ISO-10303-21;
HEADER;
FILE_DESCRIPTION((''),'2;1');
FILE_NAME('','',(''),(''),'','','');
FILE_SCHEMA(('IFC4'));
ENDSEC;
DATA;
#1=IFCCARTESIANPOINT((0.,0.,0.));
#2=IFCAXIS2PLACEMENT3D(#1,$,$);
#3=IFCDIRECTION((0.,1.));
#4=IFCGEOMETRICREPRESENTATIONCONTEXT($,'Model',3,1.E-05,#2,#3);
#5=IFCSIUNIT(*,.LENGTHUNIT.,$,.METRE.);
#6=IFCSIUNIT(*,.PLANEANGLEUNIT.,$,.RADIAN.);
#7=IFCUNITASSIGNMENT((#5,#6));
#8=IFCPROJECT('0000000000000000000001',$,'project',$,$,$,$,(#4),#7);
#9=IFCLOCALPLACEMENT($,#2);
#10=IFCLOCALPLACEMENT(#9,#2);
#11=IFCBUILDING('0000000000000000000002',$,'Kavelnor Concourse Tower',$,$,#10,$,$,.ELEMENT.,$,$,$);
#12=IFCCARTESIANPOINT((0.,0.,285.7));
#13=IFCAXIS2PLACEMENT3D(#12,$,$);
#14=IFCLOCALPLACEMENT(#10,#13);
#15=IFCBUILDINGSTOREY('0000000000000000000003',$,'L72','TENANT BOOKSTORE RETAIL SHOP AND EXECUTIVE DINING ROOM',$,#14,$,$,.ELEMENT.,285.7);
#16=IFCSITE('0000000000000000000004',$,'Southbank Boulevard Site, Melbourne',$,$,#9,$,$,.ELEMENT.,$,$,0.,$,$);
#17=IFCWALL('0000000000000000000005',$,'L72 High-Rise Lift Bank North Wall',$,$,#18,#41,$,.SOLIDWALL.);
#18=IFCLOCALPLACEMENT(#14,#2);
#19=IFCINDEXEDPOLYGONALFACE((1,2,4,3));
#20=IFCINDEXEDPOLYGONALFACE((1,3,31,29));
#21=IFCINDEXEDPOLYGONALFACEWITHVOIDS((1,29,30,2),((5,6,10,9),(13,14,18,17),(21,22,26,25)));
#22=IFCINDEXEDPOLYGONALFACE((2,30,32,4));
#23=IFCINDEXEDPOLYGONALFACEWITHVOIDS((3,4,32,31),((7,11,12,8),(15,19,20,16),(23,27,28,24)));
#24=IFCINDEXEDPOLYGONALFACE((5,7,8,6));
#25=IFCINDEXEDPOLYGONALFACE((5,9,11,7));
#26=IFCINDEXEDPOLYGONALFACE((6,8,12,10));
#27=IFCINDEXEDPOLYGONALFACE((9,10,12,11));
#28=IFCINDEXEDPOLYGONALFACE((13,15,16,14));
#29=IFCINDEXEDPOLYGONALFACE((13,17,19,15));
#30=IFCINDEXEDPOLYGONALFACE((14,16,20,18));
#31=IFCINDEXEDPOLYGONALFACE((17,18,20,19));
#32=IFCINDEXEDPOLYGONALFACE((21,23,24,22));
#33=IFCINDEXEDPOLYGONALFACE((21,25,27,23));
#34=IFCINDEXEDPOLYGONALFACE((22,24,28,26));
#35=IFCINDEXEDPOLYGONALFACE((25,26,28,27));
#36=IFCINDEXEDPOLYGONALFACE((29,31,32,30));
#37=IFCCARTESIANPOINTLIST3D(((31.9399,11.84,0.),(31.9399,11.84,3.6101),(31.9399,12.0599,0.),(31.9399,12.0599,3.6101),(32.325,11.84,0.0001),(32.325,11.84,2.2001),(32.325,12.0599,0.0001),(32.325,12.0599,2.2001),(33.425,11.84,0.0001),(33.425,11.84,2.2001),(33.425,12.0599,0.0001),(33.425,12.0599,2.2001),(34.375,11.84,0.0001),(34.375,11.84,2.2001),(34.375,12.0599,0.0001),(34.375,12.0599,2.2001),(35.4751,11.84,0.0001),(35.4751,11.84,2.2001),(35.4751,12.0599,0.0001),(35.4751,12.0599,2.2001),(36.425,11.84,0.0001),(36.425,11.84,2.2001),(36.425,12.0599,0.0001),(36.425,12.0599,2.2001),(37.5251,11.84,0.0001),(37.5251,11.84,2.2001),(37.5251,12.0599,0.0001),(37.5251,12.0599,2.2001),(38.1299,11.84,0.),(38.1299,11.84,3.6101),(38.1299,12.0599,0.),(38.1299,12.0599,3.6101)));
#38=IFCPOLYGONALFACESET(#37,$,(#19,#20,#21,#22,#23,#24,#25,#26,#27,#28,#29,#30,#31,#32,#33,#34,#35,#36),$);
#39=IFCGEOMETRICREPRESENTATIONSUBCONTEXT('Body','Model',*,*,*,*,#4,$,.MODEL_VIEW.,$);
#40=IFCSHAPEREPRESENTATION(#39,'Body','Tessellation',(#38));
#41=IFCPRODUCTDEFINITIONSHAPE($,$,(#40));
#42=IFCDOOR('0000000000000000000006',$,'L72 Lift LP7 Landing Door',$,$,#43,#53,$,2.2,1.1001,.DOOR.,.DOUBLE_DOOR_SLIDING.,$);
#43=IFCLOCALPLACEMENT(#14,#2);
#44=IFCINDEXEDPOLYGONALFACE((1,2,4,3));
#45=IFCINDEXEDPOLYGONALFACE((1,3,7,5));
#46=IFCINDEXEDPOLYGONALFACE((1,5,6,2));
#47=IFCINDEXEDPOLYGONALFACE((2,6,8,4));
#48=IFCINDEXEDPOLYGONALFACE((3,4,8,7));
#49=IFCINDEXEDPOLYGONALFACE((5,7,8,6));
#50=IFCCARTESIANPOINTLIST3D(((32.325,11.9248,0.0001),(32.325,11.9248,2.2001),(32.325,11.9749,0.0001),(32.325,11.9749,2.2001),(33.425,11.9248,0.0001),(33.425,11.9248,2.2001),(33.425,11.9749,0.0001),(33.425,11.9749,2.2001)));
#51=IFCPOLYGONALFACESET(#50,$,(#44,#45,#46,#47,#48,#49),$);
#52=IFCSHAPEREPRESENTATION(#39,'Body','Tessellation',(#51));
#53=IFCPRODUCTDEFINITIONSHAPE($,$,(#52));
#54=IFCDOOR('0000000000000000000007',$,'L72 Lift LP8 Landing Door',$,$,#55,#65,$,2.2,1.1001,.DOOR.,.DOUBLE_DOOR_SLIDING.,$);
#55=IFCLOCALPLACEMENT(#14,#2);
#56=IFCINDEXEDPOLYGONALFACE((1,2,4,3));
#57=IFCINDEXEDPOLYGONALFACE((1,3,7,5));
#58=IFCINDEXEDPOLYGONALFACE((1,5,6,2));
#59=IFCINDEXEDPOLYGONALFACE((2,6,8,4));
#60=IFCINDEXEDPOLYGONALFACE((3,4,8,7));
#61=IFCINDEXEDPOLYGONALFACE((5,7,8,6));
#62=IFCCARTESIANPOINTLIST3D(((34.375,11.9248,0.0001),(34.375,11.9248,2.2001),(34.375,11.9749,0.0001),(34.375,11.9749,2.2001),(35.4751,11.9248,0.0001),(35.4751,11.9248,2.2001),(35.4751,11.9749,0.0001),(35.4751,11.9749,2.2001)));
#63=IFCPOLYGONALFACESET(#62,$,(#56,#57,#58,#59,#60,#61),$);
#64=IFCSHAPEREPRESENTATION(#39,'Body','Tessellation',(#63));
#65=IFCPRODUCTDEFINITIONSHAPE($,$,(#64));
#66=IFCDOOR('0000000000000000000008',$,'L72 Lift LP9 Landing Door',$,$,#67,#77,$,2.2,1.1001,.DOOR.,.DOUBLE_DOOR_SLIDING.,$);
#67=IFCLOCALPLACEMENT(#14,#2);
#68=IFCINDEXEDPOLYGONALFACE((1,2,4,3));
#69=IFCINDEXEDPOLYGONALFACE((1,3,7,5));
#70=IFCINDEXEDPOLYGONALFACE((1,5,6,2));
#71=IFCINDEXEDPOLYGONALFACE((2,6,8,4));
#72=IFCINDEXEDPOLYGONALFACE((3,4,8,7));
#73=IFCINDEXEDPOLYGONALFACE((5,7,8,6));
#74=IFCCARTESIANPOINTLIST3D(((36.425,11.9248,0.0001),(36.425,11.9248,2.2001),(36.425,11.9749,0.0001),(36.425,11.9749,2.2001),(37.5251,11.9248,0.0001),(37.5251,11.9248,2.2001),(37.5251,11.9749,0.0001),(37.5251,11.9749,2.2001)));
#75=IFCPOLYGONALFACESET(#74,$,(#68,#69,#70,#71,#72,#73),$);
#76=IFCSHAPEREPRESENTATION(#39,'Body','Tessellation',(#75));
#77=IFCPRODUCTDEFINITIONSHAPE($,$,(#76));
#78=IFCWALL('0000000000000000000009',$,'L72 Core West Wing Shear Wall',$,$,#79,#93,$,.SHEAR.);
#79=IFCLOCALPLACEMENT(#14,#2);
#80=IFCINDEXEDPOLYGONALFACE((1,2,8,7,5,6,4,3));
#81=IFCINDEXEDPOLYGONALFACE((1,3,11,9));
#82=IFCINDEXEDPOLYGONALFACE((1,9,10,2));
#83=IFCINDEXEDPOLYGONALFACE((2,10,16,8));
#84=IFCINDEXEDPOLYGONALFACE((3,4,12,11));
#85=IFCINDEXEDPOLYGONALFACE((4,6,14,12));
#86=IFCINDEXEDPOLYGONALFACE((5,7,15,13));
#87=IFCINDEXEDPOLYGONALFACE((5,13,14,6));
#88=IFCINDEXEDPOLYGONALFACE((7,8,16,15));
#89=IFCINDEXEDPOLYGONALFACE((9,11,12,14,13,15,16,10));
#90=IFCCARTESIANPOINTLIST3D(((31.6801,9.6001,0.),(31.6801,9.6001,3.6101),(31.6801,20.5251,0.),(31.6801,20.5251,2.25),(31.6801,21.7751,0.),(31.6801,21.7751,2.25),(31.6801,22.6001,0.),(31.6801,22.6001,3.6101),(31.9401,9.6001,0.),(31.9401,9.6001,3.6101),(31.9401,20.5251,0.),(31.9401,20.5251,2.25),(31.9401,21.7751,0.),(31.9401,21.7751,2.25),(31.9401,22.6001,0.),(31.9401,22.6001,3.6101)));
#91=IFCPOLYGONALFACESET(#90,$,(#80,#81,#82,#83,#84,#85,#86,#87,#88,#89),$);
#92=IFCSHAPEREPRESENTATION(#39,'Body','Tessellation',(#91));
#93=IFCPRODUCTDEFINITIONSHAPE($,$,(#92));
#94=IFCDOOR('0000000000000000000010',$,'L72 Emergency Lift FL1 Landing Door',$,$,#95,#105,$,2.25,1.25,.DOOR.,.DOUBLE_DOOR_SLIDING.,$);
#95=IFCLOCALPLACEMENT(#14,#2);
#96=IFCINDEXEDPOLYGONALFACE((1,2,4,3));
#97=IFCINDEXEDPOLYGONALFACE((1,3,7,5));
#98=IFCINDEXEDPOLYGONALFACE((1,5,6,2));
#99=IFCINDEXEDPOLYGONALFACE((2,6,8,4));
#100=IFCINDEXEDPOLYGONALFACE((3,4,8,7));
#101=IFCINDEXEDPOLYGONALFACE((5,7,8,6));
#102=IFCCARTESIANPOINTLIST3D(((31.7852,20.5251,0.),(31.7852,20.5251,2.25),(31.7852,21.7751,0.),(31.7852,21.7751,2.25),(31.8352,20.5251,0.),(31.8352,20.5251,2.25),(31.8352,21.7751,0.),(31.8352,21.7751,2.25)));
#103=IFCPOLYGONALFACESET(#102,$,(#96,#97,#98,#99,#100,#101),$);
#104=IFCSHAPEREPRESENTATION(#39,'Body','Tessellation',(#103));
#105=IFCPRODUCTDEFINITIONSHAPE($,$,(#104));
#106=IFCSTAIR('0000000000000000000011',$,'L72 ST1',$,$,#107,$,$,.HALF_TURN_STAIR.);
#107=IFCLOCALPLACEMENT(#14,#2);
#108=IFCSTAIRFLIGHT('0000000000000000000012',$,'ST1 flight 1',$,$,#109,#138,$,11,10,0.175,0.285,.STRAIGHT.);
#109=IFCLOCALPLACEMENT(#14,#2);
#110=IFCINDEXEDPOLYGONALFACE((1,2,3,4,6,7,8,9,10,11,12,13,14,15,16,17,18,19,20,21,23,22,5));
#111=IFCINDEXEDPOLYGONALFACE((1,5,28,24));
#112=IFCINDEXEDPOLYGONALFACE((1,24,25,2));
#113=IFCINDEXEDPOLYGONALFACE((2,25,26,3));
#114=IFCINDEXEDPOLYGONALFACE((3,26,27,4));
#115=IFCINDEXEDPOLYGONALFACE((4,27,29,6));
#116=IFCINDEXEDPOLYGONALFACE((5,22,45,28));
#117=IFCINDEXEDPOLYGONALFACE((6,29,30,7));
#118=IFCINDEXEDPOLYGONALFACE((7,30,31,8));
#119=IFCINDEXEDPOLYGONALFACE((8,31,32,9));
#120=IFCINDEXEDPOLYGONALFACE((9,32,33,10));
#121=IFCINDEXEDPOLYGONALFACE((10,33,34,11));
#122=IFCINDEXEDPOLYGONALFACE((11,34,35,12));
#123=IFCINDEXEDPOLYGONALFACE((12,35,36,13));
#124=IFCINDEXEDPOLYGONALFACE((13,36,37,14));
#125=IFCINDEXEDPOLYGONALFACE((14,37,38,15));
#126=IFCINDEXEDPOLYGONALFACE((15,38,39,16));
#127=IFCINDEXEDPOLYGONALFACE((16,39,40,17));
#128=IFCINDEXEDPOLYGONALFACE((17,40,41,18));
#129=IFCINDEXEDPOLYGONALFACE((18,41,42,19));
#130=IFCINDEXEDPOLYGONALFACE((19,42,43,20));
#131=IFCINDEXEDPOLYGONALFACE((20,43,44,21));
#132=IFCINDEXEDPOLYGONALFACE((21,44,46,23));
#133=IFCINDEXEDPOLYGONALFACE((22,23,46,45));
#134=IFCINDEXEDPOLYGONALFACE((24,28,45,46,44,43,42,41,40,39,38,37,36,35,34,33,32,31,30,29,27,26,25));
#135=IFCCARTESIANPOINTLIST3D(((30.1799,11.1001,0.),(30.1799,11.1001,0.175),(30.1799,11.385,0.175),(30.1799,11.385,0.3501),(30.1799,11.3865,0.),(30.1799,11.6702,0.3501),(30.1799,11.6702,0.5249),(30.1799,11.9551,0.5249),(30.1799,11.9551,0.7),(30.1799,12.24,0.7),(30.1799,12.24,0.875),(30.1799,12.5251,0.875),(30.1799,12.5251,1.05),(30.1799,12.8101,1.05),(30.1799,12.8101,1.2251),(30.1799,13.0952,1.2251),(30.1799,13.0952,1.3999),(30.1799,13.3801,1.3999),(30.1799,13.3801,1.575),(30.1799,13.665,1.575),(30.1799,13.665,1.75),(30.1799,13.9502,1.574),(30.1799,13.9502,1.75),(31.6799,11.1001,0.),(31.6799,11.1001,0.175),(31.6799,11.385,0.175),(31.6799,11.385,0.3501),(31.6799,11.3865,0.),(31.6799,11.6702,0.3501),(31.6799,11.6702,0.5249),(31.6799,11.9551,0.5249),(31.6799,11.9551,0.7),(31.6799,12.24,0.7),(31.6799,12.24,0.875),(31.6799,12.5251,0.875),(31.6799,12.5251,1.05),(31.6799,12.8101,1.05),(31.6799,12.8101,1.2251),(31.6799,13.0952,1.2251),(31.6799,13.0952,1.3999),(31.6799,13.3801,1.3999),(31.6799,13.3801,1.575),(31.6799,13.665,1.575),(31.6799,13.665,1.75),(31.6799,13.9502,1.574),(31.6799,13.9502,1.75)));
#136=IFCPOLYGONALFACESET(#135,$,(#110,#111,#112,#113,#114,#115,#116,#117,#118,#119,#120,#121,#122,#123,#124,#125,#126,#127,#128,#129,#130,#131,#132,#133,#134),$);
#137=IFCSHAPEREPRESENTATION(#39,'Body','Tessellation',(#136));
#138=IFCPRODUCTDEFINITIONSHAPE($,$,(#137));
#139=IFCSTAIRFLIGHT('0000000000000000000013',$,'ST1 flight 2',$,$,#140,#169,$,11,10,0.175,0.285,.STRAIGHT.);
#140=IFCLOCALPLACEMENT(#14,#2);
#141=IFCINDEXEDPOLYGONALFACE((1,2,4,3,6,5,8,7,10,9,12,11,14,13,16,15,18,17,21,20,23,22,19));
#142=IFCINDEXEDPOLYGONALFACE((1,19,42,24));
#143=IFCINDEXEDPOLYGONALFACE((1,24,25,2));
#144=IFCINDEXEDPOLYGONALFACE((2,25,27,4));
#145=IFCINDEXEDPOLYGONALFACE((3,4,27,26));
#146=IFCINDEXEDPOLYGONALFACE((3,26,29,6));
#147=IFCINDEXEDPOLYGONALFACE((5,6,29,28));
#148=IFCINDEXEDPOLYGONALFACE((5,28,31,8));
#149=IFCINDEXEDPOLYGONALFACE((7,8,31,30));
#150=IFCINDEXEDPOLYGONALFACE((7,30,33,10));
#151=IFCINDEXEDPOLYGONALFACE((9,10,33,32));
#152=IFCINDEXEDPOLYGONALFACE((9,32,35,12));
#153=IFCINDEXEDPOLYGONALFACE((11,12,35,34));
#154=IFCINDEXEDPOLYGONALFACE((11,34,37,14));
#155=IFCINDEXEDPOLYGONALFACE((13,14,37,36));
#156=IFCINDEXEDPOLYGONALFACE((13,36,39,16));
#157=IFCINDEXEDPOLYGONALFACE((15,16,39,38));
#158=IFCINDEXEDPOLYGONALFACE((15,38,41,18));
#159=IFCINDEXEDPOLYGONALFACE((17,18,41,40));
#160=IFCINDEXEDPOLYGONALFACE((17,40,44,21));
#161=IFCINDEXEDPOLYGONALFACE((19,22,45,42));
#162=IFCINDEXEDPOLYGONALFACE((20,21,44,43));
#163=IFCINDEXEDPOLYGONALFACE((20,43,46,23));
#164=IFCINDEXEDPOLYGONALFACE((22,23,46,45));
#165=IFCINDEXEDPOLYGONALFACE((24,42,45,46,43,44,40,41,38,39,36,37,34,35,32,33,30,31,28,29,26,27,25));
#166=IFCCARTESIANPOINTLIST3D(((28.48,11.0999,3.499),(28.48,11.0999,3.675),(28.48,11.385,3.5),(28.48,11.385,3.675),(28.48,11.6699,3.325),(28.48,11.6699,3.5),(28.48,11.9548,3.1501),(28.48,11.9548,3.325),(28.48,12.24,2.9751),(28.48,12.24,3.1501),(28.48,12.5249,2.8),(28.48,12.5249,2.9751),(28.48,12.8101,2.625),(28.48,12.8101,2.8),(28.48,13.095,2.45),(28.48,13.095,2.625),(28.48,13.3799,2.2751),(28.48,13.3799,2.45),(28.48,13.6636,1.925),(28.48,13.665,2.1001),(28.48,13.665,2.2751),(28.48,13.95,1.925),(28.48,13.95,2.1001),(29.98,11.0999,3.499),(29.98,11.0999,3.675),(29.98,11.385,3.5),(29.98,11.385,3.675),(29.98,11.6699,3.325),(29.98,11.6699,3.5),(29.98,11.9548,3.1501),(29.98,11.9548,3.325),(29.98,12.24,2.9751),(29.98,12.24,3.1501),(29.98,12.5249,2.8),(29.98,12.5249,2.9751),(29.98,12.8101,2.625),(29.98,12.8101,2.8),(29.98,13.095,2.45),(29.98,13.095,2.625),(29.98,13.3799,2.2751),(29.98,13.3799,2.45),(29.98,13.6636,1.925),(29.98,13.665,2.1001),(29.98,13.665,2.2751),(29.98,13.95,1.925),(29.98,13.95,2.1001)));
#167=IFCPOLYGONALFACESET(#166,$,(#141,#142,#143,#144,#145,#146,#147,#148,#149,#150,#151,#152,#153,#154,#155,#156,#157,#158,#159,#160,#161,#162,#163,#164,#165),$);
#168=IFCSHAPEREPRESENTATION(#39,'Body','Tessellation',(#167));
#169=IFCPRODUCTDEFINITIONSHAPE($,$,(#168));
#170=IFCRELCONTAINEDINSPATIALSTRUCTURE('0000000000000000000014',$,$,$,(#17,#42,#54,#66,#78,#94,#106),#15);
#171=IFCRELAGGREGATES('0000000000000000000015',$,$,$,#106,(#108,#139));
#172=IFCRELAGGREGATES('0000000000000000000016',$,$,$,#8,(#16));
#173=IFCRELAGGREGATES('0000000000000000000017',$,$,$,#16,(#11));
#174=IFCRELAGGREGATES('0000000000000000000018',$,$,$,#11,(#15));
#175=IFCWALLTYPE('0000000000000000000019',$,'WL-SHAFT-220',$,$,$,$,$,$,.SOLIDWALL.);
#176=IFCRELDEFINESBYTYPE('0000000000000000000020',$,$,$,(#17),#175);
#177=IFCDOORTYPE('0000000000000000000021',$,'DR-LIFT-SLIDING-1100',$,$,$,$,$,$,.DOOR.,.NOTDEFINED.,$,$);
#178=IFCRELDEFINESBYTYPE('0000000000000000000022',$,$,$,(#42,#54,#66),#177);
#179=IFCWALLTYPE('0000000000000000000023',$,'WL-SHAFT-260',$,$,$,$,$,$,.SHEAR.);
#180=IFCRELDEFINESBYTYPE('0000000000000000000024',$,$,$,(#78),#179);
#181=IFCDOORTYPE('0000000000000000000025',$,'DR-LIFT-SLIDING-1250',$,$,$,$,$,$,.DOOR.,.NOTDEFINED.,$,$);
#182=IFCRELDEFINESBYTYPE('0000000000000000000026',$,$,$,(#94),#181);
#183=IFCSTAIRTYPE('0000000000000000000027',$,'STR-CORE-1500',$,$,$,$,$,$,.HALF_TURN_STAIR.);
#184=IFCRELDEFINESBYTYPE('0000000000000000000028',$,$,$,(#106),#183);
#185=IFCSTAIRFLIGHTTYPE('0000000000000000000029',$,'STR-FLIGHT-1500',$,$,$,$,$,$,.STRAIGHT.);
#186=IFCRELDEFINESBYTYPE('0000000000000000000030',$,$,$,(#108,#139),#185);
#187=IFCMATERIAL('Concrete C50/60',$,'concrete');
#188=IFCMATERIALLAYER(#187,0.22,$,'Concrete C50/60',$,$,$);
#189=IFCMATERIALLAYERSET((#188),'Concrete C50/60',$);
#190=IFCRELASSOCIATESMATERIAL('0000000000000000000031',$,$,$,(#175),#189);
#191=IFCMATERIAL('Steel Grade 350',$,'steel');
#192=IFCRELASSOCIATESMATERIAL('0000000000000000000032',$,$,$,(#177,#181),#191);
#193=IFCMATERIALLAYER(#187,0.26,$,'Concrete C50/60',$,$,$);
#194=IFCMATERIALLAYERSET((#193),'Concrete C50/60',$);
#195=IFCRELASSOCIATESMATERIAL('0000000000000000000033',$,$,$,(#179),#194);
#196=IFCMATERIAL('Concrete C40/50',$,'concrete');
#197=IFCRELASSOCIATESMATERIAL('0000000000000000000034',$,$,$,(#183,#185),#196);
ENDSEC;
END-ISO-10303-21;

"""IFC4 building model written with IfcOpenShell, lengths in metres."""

from ifc_helpers import new_model, si_unit, direction, frame, frame_2d, origin, place, context, subcontext, project, spatial, polyline, rectangle, outline, extrude, material, layer, layer_set, type_object, element, fill, aggregate, save


model = new_model("IFC4")

# Units and contexts
model_context = context("Model", 3, precision=1e-05, world=origin(), true_north=direction((0.0, 1.0)))
body_context = subcontext(model_context, "Body", "Model", "MODEL_VIEW")
ifc_project = project(units=[si_unit("LENGTHUNIT", "METRE"), si_unit("PLANEANGLEUNIT", "RADIAN")], contexts=[model_context])

# Site, building, storey
site_placement = place(None, origin())
site = spatial("IfcSite", under=ifc_project, at=site_placement, Name="Southbank Boulevard Site, Melbourne", CompositionType="ELEMENT", RefElevation=0.0)
building_placement = place(site_placement, origin())
building = spatial("IfcBuilding", under=site, at=building_placement, Name="Kavelnor Concourse Tower", CompositionType="ELEMENT")
storey_placement = place(building_placement, frame((0.0, 0.0, 285.7)))
storey = spatial("IfcBuildingStorey", under=building, at=storey_placement, Name="L72", Description="TENANT BOOKSTORE RETAIL SHOP AND EXECUTIVE DINING ROOM", CompositionType="ELEMENT", Elevation=285.7)

# Shared definitions
ifc_material_1 = material(Name="Steel Grade 350", Category="steel")

# Shared definitions
ifc_material_2 = material(Name="Concrete C50/60", Category="concrete")

# Wall, openings, doors
ifc_layer_1 = layer(ifc_material_2, 0.22, Name="Concrete C50/60")
ifc_layer_set_1 = layer_set([ifc_layer_1], Name="Concrete C50/60")
wall_type_1 = type_object("IfcWallType", Name="WL-SHAFT-220", PredefinedType="SOLIDWALL", material=ifc_layer_set_1)
wall_1_placement = place(storey_placement, frame((31.9399, 11.95, 0.0), z_axis=(0.0, 0.0, 1.0), x_axis=(1.0, 0.0, 0.0)))
wall_1 = element("IfcWall", 1, at=wall_1_placement, inside=storey, type_object=wall_type_1, Name="L72 High-Rise Lift Bank North Wall", PredefinedType="SOLIDWALL", context=body_context, shape_type="SweptSolid", body=[
    extrude(rectangle(XDim=6.1899, YDim=0.22, at=frame_2d((3.095, 0.0))), origin(), (0.0, 0.0, 1.0), 3.6101),
])
opening_1_placement = place(wall_1_placement, frame((0.385, 0.0, 0.0)))
opening_1 = element("IfcOpeningElement", 2, at=opening_1_placement, cuts=wall_1, PredefinedType="OPENING", context=body_context, shape_type="SweptSolid", body=[
    extrude(rectangle(XDim=1.1001, YDim=2.2, at=frame_2d((0.55, 1.1001))), frame((0.0, 0.1201, 0.0), z_axis=(0.0, -1.0, 0.0), x_axis=(1.0, 0.0, 0.0)), (0.0, 0.0, 1.0), 0.24),
])
opening_2_placement = place(wall_1_placement, frame((2.4351, 0.0, 0.0)))
opening_2 = element("IfcOpeningElement", 3, at=opening_2_placement, cuts=wall_1, PredefinedType="OPENING", context=body_context, shape_type="SweptSolid", body=[
    extrude(rectangle(XDim=1.1001, YDim=2.2, at=frame_2d((0.55, 1.1001))), frame((0.0, 0.1201, 0.0), z_axis=(0.0, -1.0, 0.0), x_axis=(1.0, 0.0, 0.0)), (0.0, 0.0, 1.0), 0.24),
])
opening_3_placement = place(wall_1_placement, frame((4.4851, 0.0, 0.0)))
opening_3 = element("IfcOpeningElement", 4, at=opening_3_placement, cuts=wall_1, PredefinedType="OPENING", context=body_context, shape_type="SweptSolid", body=[
    extrude(rectangle(XDim=1.1001, YDim=2.2, at=frame_2d((0.55, 1.1001))), frame((0.0, 0.1201, 0.0), z_axis=(0.0, -1.0, 0.0), x_axis=(1.0, 0.0, 0.0)), (0.0, 0.0, 1.0), 0.24),
])
door_type_1 = type_object("IfcDoorType", Name="DR-LIFT-SLIDING-1100", OperationType="NOTDEFINED", PredefinedType="DOOR", material=ifc_material_1)
door_1_placement = place(opening_1_placement, origin())
door_1 = element("IfcDoor", 5, at=door_1_placement, inside=storey, type_object=door_type_1, Name="L72 Lift LP7 Landing Door", OperationType="DOUBLE_DOOR_SLIDING", OverallHeight=2.2, OverallWidth=1.1001, PredefinedType="DOOR", context=body_context, shape_type="SweptSolid", body=[
    extrude(rectangle(XDim=1.1001, YDim=2.2, at=frame_2d((0.55, 1.1001))), frame((0.0, 0.0249, 0.0), z_axis=(0.0, -1.0, 0.0), x_axis=(1.0, 0.0, 0.0)), (0.0, 0.0, 1.0), 0.05),
])
fill(opening_1, door_1)
door_2_placement = place(opening_2_placement, origin())
door_2 = element("IfcDoor", 6, at=door_2_placement, inside=storey, type_object=door_type_1, Name="L72 Lift LP8 Landing Door", OperationType="DOUBLE_DOOR_SLIDING", OverallHeight=2.2, OverallWidth=1.1001, PredefinedType="DOOR", context=body_context, shape_type="SweptSolid", body=[
    extrude(rectangle(XDim=1.1001, YDim=2.2, at=frame_2d((0.55, 1.1001))), frame((0.0, 0.0249, 0.0), z_axis=(0.0, -1.0, 0.0), x_axis=(1.0, 0.0, 0.0)), (0.0, 0.0, 1.0), 0.05),
])
fill(opening_2, door_2)
door_3_placement = place(opening_3_placement, origin())
door_3 = element("IfcDoor", 7, at=door_3_placement, inside=storey, type_object=door_type_1, Name="L72 Lift LP9 Landing Door", OperationType="DOUBLE_DOOR_SLIDING", OverallHeight=2.2, OverallWidth=1.1001, PredefinedType="DOOR", context=body_context, shape_type="SweptSolid", body=[
    extrude(rectangle(XDim=1.1001, YDim=2.2, at=frame_2d((0.55, 1.1001))), frame((0.0, 0.0249, 0.0), z_axis=(0.0, -1.0, 0.0), x_axis=(1.0, 0.0, 0.0)), (0.0, 0.0, 1.0), 0.05),
])
fill(opening_3, door_3)

# Wall, opening, door
ifc_layer_2 = layer(ifc_material_2, 0.26, Name="Concrete C50/60")
ifc_layer_set_2 = layer_set([ifc_layer_2], Name="Concrete C50/60")
wall_type_2 = type_object("IfcWallType", Name="WL-SHAFT-260", PredefinedType="SHEAR", material=ifc_layer_set_2)
wall_2_placement = place(storey_placement, frame((31.8101, 9.6001, 0.0), z_axis=(0.0, 0.0, 1.0), x_axis=(0.0, 1.0, 0.0)))
wall_2 = element("IfcWall", 8, at=wall_2_placement, inside=storey, type_object=wall_type_2, Name="L72 Core West Wing Shear Wall", PredefinedType="SHEAR", context=body_context, shape_type="SweptSolid", body=[
    extrude(rectangle(XDim=13.0, YDim=0.26, at=frame_2d((6.5, 0.0))), origin(), (0.0, 0.0, 1.0), 3.6101),
])
opening_4_placement = place(wall_2_placement, frame((10.925, 0.0, 0.0)))
opening_4 = element("IfcOpeningElement", 9, at=opening_4_placement, cuts=wall_2, PredefinedType="OPENING", context=body_context, shape_type="SweptSolid", body=[
    extrude(rectangle(XDim=1.25, YDim=2.25, at=frame_2d((0.625, 1.125))), frame((0.0, 0.1401, 0.0), z_axis=(0.0, -1.0, 0.0), x_axis=(1.0, 0.0, 0.0)), (0.0, 0.0, 1.0), 0.28),
])
door_type_2 = type_object("IfcDoorType", Name="DR-LIFT-SLIDING-1250", OperationType="NOTDEFINED", PredefinedType="DOOR", material=ifc_material_1)
door_4_placement = place(opening_4_placement, origin())
door_4 = element("IfcDoor", 10, at=door_4_placement, inside=storey, type_object=door_type_2, Name="L72 Emergency Lift FL1 Landing Door", OperationType="DOUBLE_DOOR_SLIDING", OverallHeight=2.25, OverallWidth=1.25, PredefinedType="DOOR", context=body_context, shape_type="SweptSolid", body=[
    extrude(rectangle(XDim=1.25, YDim=2.25, at=frame_2d((0.625, 1.125))), frame((0.0, 0.0249, 0.0), z_axis=(0.0, -1.0, 0.0), x_axis=(1.0, 0.0, 0.0)), (0.0, 0.0, 1.0), 0.05),
])
fill(opening_4, door_4)

# Stair, stair flights
ifc_material_3 = material(Name="Concrete C40/50", Category="concrete")
stair_type = type_object("IfcStairType", Name="STR-CORE-1500", PredefinedType="HALF_TURN_STAIR", material=ifc_material_3)
stair_placement = place(storey_placement, origin())
stair = element("IfcStair", 11, at=stair_placement, inside=storey, type_object=stair_type, Name="L72 ST1", PredefinedType="HALF_TURN_STAIR")
stair_flight_type = type_object("IfcStairFlightType", Name="STR-FLIGHT-1500", PredefinedType="STRAIGHT", material=ifc_material_3)
stair_flight_1_placement = place(storey_placement, frame((30.9299, 11.1001, 0.0), z_axis=(0.0, 0.0, 1.0), x_axis=(0.0, 1.0, 0.0)))
stair_flight_1 = element("IfcStairFlight", 12, at=stair_flight_1_placement, type_object=stair_flight_type, Name="ST1 flight 1", NumberOfRisers=11, NumberOfTreads=10, PredefinedType="STRAIGHT", RiserHeight=0.175, TreadLength=0.285, context=body_context, shape_type="SweptSolid", body=[
    extrude(outline(polyline([(0.0, 0.0), (0.0, 0.175), (0.2849, 0.175), (0.2849, 0.3501), (0.5701, 0.3501), (0.5701, 0.5249), (0.855, 0.5249), (0.855, 0.7), (1.1399, 0.7), (1.1399, 0.875), (1.425, 0.875), (1.425, 1.05), (1.71, 1.05), (1.71, 1.2251), (1.9951, 1.2251), (1.9951, 1.3999), (2.28, 1.3999), (2.28, 1.575), (2.5649, 1.575), (2.5649, 1.75), (2.8501, 1.75), (2.8501, 1.925), (2.8501, 1.574), (0.2864, 0.0), (0.0, 0.0)])), frame((0.0, 0.75, 0.0), z_axis=(0.0, -1.0, 0.0), x_axis=(1.0, 0.0, 0.0)), (0.0, 0.0, 1.0), 1.5),
])
stair_flight_2_placement = place(storey_placement, frame((29.23, 13.95, 1.925), z_axis=(0.0, 0.0, 1.0), x_axis=(0.0, -1.0, 0.0)))
stair_flight_2 = element("IfcStairFlight", 13, at=stair_flight_2_placement, type_object=stair_flight_type, Name="ST1 flight 2", NumberOfRisers=11, NumberOfTreads=10, PredefinedType="STRAIGHT", RiserHeight=0.175, TreadLength=0.285, context=body_context, shape_type="SweptSolid", body=[
    extrude(outline(polyline([(0.0, 0.0), (0.0, 0.175), (0.2849, 0.175), (0.2849, 0.3501), (0.5701, 0.3501), (0.5701, 0.5249), (0.855, 0.5249), (0.855, 0.7), (1.1399, 0.7), (1.1399, 0.875), (1.425, 0.875), (1.425, 1.05), (1.71, 1.05), (1.71, 1.2251), (1.9951, 1.2251), (1.9951, 1.3999), (2.28, 1.3999), (2.28, 1.575), (2.5649, 1.575), (2.5649, 1.75), (2.8501, 1.75), (2.8501, 1.925), (2.8501, 1.574), (0.2864, 0.0), (0.0, 0.0)])), frame((0.0, 0.75, 0.0), z_axis=(0.0, -1.0, 0.0), x_axis=(1.0, 0.0, 0.0)), (0.0, 0.0, 1.0), 1.5),
])
aggregate(stair, [stair_flight_1, stair_flight_2])

save(model, "model.ifc")
